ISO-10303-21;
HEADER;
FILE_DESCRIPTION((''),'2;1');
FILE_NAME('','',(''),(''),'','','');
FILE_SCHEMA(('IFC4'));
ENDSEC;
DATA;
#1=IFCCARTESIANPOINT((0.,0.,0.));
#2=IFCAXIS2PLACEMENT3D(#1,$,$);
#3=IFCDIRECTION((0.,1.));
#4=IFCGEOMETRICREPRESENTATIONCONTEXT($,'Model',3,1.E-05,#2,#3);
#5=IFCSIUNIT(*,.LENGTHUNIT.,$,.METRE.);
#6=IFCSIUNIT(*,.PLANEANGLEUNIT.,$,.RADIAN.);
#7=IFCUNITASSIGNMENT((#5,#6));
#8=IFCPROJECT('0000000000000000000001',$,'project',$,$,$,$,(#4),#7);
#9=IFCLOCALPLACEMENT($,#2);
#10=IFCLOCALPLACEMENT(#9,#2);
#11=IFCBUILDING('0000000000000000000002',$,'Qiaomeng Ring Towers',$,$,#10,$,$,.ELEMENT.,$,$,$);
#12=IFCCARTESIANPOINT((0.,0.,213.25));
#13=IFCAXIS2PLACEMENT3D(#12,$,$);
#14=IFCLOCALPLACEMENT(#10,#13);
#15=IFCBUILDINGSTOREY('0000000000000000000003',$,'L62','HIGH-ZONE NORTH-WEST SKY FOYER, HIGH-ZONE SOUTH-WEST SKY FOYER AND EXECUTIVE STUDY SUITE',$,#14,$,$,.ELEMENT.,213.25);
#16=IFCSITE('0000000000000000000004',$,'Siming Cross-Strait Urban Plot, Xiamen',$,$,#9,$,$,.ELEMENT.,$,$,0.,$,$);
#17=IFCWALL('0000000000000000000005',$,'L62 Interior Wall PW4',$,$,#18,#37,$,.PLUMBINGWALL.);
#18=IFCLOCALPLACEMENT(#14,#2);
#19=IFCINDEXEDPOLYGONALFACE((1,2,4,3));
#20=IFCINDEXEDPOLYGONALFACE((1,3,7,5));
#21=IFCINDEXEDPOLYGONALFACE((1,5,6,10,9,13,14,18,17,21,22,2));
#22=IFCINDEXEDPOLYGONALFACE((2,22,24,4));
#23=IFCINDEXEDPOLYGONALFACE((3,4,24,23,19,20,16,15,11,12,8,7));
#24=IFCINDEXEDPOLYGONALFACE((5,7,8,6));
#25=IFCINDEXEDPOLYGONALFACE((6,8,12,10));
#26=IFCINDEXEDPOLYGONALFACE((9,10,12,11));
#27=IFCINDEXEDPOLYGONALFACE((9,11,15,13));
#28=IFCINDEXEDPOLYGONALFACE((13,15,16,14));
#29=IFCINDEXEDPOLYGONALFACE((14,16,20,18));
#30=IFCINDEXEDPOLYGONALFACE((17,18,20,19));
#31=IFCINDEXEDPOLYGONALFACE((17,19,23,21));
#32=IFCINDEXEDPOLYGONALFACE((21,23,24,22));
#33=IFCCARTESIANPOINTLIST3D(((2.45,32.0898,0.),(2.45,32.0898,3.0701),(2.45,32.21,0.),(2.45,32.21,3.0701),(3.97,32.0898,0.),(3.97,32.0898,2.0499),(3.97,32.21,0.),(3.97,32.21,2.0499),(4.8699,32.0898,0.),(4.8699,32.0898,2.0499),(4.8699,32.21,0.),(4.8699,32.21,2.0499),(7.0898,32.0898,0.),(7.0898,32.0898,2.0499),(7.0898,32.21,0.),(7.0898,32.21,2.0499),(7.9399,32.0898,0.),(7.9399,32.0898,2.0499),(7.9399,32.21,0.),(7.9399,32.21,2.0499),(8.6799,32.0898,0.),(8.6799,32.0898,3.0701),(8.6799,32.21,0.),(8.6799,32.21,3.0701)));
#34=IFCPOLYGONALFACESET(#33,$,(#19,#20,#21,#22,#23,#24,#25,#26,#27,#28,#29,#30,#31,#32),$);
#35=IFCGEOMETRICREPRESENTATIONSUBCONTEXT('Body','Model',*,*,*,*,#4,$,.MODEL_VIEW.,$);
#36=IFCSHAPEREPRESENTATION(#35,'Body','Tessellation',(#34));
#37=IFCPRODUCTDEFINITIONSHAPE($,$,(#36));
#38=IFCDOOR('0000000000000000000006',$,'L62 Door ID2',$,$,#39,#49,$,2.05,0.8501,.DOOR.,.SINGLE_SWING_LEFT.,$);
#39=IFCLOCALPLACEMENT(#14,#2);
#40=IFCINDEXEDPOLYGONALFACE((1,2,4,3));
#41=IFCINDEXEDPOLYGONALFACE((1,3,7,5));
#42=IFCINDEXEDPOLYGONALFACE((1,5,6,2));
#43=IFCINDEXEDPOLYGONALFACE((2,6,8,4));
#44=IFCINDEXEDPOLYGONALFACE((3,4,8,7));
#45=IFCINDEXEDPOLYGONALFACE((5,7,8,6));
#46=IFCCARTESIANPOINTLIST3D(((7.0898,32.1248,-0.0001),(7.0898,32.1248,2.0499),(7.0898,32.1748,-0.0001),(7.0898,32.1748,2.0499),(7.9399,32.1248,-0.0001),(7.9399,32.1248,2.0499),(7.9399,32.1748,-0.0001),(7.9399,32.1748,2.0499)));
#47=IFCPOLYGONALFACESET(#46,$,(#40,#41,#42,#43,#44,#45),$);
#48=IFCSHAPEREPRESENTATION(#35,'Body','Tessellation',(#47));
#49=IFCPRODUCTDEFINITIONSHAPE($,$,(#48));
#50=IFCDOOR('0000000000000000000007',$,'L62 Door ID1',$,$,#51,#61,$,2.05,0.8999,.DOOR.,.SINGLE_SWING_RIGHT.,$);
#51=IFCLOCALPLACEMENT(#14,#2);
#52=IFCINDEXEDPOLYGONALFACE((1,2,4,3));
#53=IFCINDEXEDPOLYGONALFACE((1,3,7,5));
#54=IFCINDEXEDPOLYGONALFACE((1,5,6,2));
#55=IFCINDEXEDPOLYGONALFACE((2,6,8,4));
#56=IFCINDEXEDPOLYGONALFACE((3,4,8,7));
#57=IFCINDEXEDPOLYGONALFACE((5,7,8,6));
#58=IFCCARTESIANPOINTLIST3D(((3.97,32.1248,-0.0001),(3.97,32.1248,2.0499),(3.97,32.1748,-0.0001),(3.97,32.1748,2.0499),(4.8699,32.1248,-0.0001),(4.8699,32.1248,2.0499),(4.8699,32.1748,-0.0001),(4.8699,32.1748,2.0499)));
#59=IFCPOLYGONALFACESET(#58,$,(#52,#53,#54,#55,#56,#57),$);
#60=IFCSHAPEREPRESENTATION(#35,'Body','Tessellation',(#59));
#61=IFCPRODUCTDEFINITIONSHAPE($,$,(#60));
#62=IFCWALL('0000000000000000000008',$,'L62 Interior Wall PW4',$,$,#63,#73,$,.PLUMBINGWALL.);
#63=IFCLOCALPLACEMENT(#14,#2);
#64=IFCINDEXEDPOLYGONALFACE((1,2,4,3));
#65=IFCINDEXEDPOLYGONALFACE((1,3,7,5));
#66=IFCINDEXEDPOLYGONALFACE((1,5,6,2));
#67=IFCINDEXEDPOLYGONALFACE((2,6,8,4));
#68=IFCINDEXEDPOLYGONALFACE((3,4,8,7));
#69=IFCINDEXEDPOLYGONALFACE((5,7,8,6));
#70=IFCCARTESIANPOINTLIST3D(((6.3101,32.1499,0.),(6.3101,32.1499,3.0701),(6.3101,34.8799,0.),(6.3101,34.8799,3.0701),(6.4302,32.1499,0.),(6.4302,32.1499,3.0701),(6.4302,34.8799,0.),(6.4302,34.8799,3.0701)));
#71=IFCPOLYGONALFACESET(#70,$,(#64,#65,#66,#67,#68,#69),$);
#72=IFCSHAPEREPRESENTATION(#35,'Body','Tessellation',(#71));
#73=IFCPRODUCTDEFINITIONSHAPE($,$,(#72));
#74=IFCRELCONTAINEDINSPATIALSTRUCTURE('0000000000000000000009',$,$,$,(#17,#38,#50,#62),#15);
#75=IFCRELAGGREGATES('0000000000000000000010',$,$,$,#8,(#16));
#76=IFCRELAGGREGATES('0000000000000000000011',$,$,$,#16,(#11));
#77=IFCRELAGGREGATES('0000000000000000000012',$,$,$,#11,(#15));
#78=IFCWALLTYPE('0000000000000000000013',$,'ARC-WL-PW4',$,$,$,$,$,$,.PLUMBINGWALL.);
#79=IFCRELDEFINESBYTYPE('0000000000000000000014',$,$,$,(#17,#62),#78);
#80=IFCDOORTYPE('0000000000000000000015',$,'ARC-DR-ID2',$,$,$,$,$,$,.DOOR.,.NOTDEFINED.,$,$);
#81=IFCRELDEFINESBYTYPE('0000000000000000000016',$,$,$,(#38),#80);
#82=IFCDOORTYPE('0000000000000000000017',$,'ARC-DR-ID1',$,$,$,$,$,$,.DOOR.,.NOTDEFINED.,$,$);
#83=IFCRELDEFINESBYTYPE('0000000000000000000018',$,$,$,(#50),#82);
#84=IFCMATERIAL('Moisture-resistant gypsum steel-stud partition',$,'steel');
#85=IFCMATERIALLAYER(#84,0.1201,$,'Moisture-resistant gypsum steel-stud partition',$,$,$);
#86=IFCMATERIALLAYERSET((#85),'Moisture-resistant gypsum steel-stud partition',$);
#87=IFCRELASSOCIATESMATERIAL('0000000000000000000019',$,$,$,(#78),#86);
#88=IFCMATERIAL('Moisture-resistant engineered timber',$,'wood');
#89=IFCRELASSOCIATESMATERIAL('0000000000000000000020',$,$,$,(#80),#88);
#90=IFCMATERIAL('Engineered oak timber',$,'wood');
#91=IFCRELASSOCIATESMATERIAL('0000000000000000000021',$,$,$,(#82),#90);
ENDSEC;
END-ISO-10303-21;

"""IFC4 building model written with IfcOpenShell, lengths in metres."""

from ifc_helpers import new_model, si_unit, direction, frame, frame_2d, origin, place, context, subcontext, project, spatial, rectangle, extrude, source, transform, mapped, material, layer, layer_set, type_object, element, fill, save


model = new_model("IFC4")

# Units and contexts
model_context = context("Model", 3, precision=1e-05, world=origin(), true_north=direction((0.0, 1.0)))
body_context = subcontext(model_context, "Body", "Model", "MODEL_VIEW")
ifc_project = project(units=[si_unit("LENGTHUNIT", "METRE"), si_unit("PLANEANGLEUNIT", "RADIAN")], contexts=[model_context])

# Site, building, storey
site_placement = place(None, origin())
site = spatial("IfcSite", under=ifc_project, at=site_placement, Name="Siming Cross-Strait Urban Plot, Xiamen", CompositionType="ELEMENT", RefElevation=0.0)
building_placement = place(site_placement, origin())
building = spatial("IfcBuilding", under=site, at=building_placement, Name="Qiaomeng Ring Towers", CompositionType="ELEMENT")
storey_placement = place(building_placement, frame((0.0, 0.0, 213.25)))
storey = spatial("IfcBuildingStorey", under=building, at=storey_placement, Name="L62", Description="HIGH-ZONE NORTH-WEST SKY FOYER, HIGH-ZONE SOUTH-WEST SKY FOYER AND EXECUTIVE STUDY SUITE", CompositionType="ELEMENT", Elevation=213.25)

# Wall, openings, doors
ifc_material_1 = material(Name="Moisture-resistant gypsum steel-stud partition", Category="steel")
ifc_layer_1 = layer(ifc_material_1, 0.1201, Name="Moisture-resistant gypsum steel-stud partition")
ifc_layer_set_1 = layer_set([ifc_layer_1], Name="Moisture-resistant gypsum steel-stud partition")
wall_type_1 = type_object("IfcWallType", Name="ARC-WL-PW4", PredefinedType="PLUMBINGWALL", material=ifc_layer_set_1)
wall_1_placement = place(storey_placement, frame((2.45, 32.1499, 0.0), z_axis=(0.0, 0.0, 1.0), x_axis=(1.0, 0.0, 0.0)))
wall_1 = element("IfcWall", 1, at=wall_1_placement, inside=storey, type_object=wall_type_1, Name="L62 Interior Wall PW4", PredefinedType="PLUMBINGWALL", context=body_context, shape_type="SweptSolid", body=[
    extrude(rectangle(XDim=6.23, YDim=0.1201, at=frame_2d((3.115, 0.0))), origin(), (0.0, 0.0, 1.0), 3.0701),
])
opening_1_placement = place(wall_1_placement, frame((1.52, 0.0, 0.0)))
opening_1 = element("IfcOpeningElement", 2, at=opening_1_placement, cuts=wall_1, PredefinedType="OPENING", context=body_context, shape_type="SweptSolid", body=[
    extrude(rectangle(XDim=0.8999, YDim=2.05, at=frame_2d((0.45, 1.0249))), frame((0.0, 0.0701, 0.0), z_axis=(0.0, -1.0, 0.0), x_axis=(1.0, 0.0, 0.0)), (0.0, 0.0, 1.0), 0.1401),
])
opening_2_placement = place(wall_1_placement, frame((4.6399, 0.0, 0.0)))
opening_2 = element("IfcOpeningElement", 3, at=opening_2_placement, cuts=wall_1, PredefinedType="OPENING", context=body_context, shape_type="SweptSolid", body=[
    extrude(rectangle(XDim=0.8501, YDim=2.05, at=frame_2d((0.425, 1.0249))), frame((0.0, 0.0701, 0.0), z_axis=(0.0, -1.0, 0.0), x_axis=(1.0, 0.0, 0.0)), (0.0, 0.0, 1.0), 0.1401),
])
ifc_material_2 = material(Name="Moisture-resistant engineered timber", Category="wood")
door_type_1 = type_object("IfcDoorType", Name="ARC-DR-ID2", OperationType="NOTDEFINED", PredefinedType="DOOR", material=ifc_material_2)
shared_shape_1 = source(origin(), body_context, "Body", "SweptSolid", [
    extrude(rectangle(XDim=0.8501, YDim=2.05, at=frame_2d((0.425, 1.0249))), frame((0.0, 0.0249, 0.0), z_axis=(0.0, -1.0, 0.0), x_axis=(1.0, 0.0, 0.0)), (0.0, 0.0, 1.0), 0.05),
])
door_1_placement = place(opening_2_placement, origin())
door_1 = element("IfcDoor", 4, at=door_1_placement, inside=storey, type_object=door_type_1, Name="L62 Door ID2", OperationType="SINGLE_SWING_LEFT", OverallHeight=2.05, OverallWidth=0.8501, PredefinedType="DOOR", context=body_context, shape_type="MappedRepresentation", body=[
    mapped(shared_shape_1, transform((0.0, 0.0, 0.0), x_axis=(1.0, 0.0, 0.0), y_axis=(0.0, 1.0, 0.0), z_axis=(0.0, 0.0, 1.0), scale=1.0)),
])
fill(opening_2, door_1)
ifc_material_3 = material(Name="Engineered oak timber", Category="wood")
door_type_2 = type_object("IfcDoorType", Name="ARC-DR-ID1", OperationType="NOTDEFINED", PredefinedType="DOOR", material=ifc_material_3)
shared_shape_2 = source(origin(), body_context, "Body", "SweptSolid", [
    extrude(rectangle(XDim=0.8999, YDim=2.05, at=frame_2d((0.45, 1.0249))), frame((0.0, 0.0249, 0.0), z_axis=(0.0, -1.0, 0.0), x_axis=(1.0, 0.0, 0.0)), (0.0, 0.0, 1.0), 0.05),
])
door_2_placement = place(opening_1_placement, origin())
door_2 = element("IfcDoor", 5, at=door_2_placement, inside=storey, type_object=door_type_2, Name="L62 Door ID1", OperationType="SINGLE_SWING_RIGHT", OverallHeight=2.05, OverallWidth=0.8999, PredefinedType="DOOR", context=body_context, shape_type="MappedRepresentation", body=[
    mapped(shared_shape_2, transform((0.0, 0.0, 0.0), x_axis=(1.0, 0.0, 0.0), y_axis=(0.0, 1.0, 0.0), z_axis=(0.0, 0.0, 1.0), scale=1.0)),
])
fill(opening_1, door_2)

# Wall
wall_2_placement = place(storey_placement, frame((6.3701, 32.1499, 0.0), z_axis=(0.0, 0.0, 1.0), x_axis=(0.0, 1.0, 0.0)))
element("IfcWall", 6, at=wall_2_placement, inside=storey, type_object=wall_type_1, Name="L62 Interior Wall PW4", PredefinedType="PLUMBINGWALL", context=body_context, shape_type="SweptSolid", body=[
    extrude(rectangle(XDim=2.73, YDim=0.1201, at=frame_2d((1.365, 0.0))), origin(), (0.0, 0.0, 1.0), 3.0701),
])

save(model, "model.ifc")
